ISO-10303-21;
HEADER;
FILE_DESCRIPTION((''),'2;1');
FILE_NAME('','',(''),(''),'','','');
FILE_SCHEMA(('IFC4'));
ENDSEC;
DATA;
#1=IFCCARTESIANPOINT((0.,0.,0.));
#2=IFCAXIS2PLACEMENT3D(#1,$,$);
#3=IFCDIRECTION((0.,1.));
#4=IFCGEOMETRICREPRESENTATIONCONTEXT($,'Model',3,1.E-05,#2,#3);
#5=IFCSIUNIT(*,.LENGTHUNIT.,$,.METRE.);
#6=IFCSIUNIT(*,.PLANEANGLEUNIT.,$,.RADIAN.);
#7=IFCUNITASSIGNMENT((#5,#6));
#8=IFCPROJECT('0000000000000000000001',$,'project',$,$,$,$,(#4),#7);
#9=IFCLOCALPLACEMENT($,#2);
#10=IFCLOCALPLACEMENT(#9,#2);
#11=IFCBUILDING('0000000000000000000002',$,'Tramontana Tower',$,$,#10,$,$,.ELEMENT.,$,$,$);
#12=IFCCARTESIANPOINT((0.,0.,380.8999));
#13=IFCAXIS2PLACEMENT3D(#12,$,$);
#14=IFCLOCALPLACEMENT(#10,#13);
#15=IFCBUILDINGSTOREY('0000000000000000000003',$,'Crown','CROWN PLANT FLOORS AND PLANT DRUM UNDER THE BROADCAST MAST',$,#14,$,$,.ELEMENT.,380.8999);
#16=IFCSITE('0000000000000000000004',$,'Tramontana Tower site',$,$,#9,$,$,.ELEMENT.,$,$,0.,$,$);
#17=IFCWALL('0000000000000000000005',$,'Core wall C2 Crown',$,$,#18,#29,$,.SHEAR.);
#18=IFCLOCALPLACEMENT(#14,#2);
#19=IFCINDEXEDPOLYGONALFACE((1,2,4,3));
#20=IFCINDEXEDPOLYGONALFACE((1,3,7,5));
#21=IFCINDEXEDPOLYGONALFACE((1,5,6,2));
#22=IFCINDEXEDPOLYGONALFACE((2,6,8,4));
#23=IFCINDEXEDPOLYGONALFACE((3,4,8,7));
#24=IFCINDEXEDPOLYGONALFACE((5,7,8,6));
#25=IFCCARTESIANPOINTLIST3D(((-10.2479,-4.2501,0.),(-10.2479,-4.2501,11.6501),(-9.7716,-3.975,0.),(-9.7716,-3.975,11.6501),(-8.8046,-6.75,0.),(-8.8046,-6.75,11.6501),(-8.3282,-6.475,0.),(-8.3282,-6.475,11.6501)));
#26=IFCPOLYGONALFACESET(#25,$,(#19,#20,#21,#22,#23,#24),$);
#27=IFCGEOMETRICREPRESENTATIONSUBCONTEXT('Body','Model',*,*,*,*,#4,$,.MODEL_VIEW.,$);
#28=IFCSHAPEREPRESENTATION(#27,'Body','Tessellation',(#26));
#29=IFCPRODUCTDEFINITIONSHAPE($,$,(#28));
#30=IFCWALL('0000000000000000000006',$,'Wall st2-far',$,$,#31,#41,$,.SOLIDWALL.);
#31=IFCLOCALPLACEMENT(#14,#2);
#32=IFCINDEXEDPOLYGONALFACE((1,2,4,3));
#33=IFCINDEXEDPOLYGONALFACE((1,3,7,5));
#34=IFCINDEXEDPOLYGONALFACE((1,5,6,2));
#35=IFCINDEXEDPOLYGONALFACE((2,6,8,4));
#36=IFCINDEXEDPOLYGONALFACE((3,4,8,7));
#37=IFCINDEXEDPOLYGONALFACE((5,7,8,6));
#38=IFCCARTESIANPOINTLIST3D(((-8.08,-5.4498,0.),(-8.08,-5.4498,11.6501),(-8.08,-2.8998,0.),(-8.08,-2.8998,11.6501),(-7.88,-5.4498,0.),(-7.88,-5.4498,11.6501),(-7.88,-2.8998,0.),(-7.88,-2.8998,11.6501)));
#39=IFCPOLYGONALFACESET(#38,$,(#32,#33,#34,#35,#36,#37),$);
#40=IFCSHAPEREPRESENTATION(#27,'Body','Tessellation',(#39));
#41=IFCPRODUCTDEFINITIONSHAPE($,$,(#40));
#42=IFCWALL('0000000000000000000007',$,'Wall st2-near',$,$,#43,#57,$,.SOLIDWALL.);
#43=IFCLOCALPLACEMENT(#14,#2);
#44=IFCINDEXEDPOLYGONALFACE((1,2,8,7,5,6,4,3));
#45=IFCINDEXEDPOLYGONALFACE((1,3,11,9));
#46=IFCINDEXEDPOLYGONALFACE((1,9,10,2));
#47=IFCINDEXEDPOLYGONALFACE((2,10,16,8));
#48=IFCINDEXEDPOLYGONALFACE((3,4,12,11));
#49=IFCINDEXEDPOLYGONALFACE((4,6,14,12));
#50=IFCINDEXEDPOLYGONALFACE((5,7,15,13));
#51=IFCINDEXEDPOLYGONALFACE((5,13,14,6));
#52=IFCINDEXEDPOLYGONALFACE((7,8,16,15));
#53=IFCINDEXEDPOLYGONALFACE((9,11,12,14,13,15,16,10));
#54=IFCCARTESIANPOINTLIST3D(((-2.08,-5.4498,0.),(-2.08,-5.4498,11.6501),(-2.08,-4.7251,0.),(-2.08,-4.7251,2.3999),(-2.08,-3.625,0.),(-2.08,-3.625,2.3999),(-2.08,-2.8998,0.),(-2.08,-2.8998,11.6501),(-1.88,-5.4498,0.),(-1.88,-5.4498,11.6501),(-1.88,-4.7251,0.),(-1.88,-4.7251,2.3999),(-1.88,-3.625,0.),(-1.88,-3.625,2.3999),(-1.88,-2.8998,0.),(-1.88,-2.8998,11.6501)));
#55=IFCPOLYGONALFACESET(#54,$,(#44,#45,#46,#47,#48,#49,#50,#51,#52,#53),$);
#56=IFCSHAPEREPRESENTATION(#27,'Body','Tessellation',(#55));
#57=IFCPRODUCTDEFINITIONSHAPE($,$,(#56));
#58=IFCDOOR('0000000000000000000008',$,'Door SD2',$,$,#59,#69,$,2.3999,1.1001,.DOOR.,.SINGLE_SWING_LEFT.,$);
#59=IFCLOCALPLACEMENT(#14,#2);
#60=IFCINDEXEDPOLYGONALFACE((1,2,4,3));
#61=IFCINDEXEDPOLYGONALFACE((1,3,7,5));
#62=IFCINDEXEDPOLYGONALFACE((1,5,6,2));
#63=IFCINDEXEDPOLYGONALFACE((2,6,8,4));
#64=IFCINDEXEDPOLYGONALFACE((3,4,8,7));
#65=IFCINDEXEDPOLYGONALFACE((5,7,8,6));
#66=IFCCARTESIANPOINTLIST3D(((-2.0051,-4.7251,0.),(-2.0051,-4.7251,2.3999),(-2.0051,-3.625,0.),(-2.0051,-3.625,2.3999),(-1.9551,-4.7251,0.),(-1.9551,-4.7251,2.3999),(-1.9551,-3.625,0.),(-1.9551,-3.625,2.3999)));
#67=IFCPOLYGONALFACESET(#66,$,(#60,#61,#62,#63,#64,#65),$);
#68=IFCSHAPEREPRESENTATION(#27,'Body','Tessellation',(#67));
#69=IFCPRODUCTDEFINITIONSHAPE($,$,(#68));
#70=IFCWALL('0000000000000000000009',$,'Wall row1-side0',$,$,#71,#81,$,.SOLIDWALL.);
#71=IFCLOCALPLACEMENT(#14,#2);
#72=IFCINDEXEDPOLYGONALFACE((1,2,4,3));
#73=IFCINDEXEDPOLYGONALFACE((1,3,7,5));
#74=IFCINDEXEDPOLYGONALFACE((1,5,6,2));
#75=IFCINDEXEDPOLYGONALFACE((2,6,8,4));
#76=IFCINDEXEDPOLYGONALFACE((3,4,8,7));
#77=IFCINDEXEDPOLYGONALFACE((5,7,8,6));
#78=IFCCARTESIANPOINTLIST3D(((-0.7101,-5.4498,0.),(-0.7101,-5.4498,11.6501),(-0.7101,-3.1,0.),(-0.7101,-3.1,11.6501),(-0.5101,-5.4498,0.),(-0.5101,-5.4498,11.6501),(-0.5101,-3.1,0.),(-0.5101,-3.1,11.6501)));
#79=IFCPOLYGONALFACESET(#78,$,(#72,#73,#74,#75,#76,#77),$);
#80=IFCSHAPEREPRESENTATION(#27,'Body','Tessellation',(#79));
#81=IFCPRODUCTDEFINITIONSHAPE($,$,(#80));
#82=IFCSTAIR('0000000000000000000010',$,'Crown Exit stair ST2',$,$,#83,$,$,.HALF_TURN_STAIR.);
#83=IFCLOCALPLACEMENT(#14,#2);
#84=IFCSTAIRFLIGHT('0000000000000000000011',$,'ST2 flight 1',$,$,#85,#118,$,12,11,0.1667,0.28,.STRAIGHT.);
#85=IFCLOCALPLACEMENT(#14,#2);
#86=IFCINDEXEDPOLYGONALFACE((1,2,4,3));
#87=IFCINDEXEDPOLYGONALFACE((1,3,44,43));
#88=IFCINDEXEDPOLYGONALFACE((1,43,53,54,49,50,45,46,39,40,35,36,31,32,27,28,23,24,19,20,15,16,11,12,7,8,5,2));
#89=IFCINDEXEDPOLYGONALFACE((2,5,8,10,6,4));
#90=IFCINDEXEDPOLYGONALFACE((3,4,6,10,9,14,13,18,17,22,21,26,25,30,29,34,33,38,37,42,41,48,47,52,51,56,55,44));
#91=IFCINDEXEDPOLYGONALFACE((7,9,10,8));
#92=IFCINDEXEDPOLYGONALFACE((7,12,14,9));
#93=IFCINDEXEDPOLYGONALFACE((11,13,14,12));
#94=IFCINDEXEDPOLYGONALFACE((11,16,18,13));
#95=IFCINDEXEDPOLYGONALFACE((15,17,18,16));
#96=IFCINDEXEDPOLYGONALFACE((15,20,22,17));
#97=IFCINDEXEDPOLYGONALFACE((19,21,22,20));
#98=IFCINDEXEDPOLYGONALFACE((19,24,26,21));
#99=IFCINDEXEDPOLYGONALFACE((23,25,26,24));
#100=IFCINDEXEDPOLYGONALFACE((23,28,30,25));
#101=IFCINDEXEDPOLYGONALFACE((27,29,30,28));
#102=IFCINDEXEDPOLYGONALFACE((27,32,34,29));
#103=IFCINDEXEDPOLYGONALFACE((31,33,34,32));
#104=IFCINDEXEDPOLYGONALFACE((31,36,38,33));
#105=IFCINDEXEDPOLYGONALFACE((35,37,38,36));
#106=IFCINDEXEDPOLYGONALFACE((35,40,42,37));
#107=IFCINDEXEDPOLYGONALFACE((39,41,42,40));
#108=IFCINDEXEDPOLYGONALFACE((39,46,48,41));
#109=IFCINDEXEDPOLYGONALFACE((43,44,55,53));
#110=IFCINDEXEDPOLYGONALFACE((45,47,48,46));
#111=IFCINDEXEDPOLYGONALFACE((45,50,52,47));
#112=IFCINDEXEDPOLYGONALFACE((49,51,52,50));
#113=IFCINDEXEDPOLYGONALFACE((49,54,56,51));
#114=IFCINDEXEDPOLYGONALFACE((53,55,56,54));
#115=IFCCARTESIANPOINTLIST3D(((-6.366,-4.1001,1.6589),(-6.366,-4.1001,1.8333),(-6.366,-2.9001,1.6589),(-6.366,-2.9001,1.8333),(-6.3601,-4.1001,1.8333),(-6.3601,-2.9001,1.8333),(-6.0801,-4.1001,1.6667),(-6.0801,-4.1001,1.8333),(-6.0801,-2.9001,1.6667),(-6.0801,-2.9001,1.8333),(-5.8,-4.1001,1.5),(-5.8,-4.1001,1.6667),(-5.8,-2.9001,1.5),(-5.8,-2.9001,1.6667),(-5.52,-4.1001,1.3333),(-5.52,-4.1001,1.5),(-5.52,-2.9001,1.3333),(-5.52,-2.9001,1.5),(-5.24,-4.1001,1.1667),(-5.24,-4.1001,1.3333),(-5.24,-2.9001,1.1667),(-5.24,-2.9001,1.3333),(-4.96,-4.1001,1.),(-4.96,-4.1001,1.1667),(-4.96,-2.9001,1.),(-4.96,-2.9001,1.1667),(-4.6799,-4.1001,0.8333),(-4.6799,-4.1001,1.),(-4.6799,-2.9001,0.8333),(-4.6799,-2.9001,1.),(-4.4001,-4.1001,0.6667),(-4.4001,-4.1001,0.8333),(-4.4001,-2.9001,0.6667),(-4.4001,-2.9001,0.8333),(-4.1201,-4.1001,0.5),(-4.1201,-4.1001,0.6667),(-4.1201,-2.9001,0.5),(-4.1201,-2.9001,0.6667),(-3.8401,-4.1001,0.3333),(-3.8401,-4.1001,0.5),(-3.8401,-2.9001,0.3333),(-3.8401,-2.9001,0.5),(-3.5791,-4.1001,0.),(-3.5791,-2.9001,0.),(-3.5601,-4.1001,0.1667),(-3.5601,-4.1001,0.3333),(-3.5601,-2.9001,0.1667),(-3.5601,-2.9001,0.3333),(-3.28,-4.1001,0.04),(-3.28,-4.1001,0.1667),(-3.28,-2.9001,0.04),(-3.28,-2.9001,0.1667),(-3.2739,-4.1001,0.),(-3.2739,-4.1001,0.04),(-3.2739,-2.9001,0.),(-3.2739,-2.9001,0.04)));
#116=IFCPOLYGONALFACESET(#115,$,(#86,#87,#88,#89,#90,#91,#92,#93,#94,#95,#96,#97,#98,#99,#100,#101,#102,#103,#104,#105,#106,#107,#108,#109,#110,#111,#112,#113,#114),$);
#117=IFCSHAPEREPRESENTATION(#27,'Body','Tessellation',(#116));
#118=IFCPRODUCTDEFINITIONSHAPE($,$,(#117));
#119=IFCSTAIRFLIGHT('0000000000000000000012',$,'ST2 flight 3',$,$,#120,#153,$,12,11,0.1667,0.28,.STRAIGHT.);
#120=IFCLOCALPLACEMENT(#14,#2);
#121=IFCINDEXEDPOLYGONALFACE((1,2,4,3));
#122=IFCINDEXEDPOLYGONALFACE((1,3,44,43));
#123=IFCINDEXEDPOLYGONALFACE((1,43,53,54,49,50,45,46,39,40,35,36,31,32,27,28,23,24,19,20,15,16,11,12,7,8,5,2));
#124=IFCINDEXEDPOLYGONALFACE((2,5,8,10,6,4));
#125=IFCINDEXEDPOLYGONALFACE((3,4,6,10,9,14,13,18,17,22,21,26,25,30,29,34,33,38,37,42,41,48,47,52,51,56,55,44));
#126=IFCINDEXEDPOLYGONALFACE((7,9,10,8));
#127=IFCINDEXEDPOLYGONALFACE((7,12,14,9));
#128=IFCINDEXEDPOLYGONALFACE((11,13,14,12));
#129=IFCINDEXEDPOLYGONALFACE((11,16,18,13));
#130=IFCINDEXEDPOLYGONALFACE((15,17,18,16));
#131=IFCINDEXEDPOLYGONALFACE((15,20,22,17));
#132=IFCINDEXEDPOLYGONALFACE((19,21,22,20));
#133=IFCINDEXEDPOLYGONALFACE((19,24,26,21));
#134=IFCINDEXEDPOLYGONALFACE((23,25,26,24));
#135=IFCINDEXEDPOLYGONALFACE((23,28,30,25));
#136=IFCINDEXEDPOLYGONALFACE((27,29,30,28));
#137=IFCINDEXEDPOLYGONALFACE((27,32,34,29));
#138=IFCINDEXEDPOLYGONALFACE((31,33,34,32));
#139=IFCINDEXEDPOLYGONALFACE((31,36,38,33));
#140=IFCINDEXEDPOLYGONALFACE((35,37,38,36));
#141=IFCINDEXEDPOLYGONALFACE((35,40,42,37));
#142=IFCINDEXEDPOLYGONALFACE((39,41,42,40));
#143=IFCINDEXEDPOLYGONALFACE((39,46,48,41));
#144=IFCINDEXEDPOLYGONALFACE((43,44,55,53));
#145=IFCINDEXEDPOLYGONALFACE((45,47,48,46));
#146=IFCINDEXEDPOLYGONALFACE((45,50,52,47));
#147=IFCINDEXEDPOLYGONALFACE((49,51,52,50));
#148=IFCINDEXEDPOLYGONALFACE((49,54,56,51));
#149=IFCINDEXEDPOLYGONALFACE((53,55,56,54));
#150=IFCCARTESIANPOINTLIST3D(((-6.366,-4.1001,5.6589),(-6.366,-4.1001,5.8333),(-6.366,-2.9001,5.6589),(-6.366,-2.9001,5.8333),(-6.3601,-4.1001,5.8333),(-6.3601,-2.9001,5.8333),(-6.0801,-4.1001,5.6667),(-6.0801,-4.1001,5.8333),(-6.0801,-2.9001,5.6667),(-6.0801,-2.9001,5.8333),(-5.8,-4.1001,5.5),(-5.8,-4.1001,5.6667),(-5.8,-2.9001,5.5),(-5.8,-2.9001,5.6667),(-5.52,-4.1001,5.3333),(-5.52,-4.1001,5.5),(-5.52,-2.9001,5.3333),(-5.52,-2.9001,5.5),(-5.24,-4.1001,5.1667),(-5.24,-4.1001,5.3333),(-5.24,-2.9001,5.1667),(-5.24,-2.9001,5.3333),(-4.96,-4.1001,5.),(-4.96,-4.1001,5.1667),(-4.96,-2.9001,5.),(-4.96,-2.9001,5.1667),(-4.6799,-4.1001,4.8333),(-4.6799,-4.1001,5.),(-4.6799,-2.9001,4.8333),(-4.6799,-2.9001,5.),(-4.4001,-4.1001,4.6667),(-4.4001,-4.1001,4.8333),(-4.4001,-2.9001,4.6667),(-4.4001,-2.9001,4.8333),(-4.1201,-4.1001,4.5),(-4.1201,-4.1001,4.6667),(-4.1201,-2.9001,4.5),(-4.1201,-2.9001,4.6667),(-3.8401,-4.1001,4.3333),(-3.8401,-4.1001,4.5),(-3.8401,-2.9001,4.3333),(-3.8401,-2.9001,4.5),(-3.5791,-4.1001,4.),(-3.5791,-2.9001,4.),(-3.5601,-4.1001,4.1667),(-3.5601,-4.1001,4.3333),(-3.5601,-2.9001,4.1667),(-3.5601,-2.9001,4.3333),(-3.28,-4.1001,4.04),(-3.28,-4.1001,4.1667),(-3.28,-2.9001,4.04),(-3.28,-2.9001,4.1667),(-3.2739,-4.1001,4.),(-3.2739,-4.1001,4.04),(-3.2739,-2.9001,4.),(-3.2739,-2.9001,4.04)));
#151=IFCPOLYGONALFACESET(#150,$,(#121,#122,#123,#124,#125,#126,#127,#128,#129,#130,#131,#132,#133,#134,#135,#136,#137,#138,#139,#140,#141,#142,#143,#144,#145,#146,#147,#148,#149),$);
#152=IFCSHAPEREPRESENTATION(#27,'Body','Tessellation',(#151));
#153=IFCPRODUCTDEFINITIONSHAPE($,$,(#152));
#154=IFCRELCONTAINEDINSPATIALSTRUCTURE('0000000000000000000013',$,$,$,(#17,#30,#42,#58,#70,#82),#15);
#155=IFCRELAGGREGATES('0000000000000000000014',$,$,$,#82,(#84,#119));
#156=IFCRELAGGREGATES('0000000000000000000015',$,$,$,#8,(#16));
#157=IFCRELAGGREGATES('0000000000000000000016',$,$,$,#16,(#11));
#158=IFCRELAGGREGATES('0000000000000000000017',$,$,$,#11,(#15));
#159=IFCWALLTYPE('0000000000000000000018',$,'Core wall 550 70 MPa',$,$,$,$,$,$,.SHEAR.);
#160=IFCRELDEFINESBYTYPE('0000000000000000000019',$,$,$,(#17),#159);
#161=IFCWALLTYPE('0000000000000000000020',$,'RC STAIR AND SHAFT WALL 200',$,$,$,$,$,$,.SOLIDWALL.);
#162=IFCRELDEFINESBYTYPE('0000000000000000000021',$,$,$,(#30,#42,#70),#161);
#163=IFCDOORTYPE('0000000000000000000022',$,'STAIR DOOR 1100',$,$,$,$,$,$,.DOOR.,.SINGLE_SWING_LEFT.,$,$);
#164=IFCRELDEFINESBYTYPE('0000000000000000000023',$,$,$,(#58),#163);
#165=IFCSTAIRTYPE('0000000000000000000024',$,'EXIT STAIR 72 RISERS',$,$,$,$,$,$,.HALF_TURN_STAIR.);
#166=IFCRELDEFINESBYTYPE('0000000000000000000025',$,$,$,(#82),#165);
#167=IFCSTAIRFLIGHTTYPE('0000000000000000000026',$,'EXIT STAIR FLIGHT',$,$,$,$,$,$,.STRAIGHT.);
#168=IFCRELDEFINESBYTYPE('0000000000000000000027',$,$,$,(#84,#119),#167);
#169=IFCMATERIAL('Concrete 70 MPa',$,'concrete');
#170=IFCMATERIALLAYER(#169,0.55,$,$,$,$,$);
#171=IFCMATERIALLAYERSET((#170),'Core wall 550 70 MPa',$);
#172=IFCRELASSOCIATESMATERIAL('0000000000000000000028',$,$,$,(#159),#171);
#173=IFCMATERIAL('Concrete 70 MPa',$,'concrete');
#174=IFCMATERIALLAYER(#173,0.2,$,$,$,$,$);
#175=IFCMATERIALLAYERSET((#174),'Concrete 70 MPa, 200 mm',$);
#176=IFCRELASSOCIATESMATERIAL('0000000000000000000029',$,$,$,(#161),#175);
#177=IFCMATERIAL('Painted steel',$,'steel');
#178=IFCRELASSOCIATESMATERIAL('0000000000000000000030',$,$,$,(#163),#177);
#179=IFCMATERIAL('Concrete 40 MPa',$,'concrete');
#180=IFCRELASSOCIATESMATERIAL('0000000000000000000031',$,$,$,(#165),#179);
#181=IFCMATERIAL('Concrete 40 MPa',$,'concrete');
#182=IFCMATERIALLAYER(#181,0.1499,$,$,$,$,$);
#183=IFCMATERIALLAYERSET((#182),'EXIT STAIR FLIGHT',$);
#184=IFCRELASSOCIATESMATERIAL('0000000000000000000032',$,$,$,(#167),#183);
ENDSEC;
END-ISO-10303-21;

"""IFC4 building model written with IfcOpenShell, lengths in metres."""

from ifc_helpers import new_model, si_unit, direction, frame, frame_2d, origin, place, context, subcontext, project, spatial, polyline, rectangle, outline, extrude, material, layer, layer_set, type_object, element, fill, aggregate, save


model = new_model("IFC4")

# Units and contexts
model_context = context("Model", 3, precision=1e-05, world=origin(), true_north=direction((0.0, 1.0)))
body_context = subcontext(model_context, "Body", "Model", "MODEL_VIEW")
ifc_project = project(units=[si_unit("LENGTHUNIT", "METRE"), si_unit("PLANEANGLEUNIT", "RADIAN")], contexts=[model_context])

# Site, building, storey
site_placement = place(None, origin())
site = spatial("IfcSite", under=ifc_project, at=site_placement, Name="Tramontana Tower site", CompositionType="ELEMENT", RefElevation=0.0)
building_placement = place(site_placement, origin())
building = spatial("IfcBuilding", under=site, at=building_placement, Name="Tramontana Tower", CompositionType="ELEMENT")
storey_placement = place(building_placement, frame((0.0, 0.0, 380.8999)))
storey = spatial("IfcBuildingStorey", under=building, at=storey_placement, Name="Crown", Description="CROWN PLANT FLOORS AND PLANT DRUM UNDER THE BROADCAST MAST", CompositionType="ELEMENT", Elevation=380.8999)

# Walls
ifc_material_1 = material(Name="Concrete 70 MPa", Category="concrete")
ifc_layer_1 = layer(ifc_material_1, 0.55)
ifc_layer_set_1 = layer_set([ifc_layer_1], Name="Core wall 550 70 MPa")
wall_type_1 = type_object("IfcWallType", Name="Core wall 550 70 MPa", PredefinedType="SHEAR", material=ifc_layer_set_1)
wall_1_placement = place(storey_placement, frame((-10.0098, -4.1125, 0.0), z_axis=(0.0, 0.0, 1.0), x_axis=(0.499996, -0.866028, 0.0)))
element("IfcWall", 1, at=wall_1_placement, inside=storey, type_object=wall_type_1, Name="Core wall C2 Crown", PredefinedType="SHEAR", context=body_context, shape_type="SweptSolid", body=[
    extrude(rectangle(XDim=2.8867, YDim=0.55, at=frame_2d((1.4434, 0.0))), origin(), (0.0, 0.0, 1.0), 11.6501),
])
ifc_material_2 = material(Name="Concrete 70 MPa", Category="concrete")
ifc_layer_2 = layer(ifc_material_2, 0.2)
ifc_layer_set_2 = layer_set([ifc_layer_2], Name="Concrete 70 MPa, 200 mm")
wall_type_2 = type_object("IfcWallType", Name="RC STAIR AND SHAFT WALL 200", PredefinedType="SOLIDWALL", material=ifc_layer_set_2)
wall_2_placement = place(storey_placement, frame((-7.98, -2.8999, 0.0), z_axis=(0.0, 0.0, 1.0), x_axis=(0.0, -1.0, 0.0)))
element("IfcWall", 2, at=wall_2_placement, inside=storey, type_object=wall_type_2, Name="Wall st2-far", PredefinedType="SOLIDWALL", context=body_context, shape_type="SweptSolid", body=[
    extrude(rectangle(XDim=2.55, YDim=0.2, at=frame_2d((1.2749, 0.0))), origin(), (0.0, 0.0, 1.0), 11.6501),
])

# Wall, opening, door
wall_3_placement = place(storey_placement, frame((-1.98, -2.8999, 0.0), z_axis=(0.0, 0.0, 1.0), x_axis=(0.0, -1.0, 0.0)))
wall_3 = element("IfcWall", 3, at=wall_3_placement, inside=storey, type_object=wall_type_2, Name="Wall st2-near", PredefinedType="SOLIDWALL", context=body_context, shape_type="SweptSolid", body=[
    extrude(rectangle(XDim=2.55, YDim=0.2, at=frame_2d((1.2749, 0.0))), origin(), (0.0, 0.0, 1.0), 11.6501),
])
opening_placement = place(wall_3_placement, frame((0.7251, 0.0, 0.0)))
opening = element("IfcOpeningElement", 4, at=opening_placement, cuts=wall_3, PredefinedType="OPENING", context=body_context, shape_type="SweptSolid", body=[
    extrude(rectangle(XDim=1.1001, YDim=2.3999, at=frame_2d((0.55, 1.2))), frame((0.0, 0.1099, 0.0), z_axis=(0.0, -1.0, 0.0), x_axis=(1.0, 0.0, 0.0)), (0.0, 0.0, 1.0), 0.22),
])
ifc_material_3 = material(Name="Painted steel", Category="steel")
door_type = type_object("IfcDoorType", Name="STAIR DOOR 1100", OperationType="SINGLE_SWING_LEFT", PredefinedType="DOOR", material=ifc_material_3)
door_placement = place(opening_placement, origin())
door = element("IfcDoor", 5, at=door_placement, inside=storey, type_object=door_type, Name="Door SD2", OperationType="SINGLE_SWING_LEFT", OverallHeight=2.3999, OverallWidth=1.1001, PredefinedType="DOOR", context=body_context, shape_type="SweptSolid", body=[
    extrude(rectangle(XDim=1.1001, YDim=2.3999, at=frame_2d((0.55, 1.2))), frame((0.0, 0.0249, 0.0), z_axis=(0.0, -1.0, 0.0), x_axis=(1.0, 0.0, 0.0)), (0.0, 0.0, 1.0), 0.05),
])
fill(opening, door)

# Wall
wall_4_placement = place(storey_placement, frame((-0.6101, -3.1001, 0.0), z_axis=(0.0, 0.0, 1.0), x_axis=(0.0, -1.0, 0.0)))
element("IfcWall", 6, at=wall_4_placement, inside=storey, type_object=wall_type_2, Name="Wall row1-side0", PredefinedType="SOLIDWALL", context=body_context, shape_type="SweptSolid", body=[
    extrude(rectangle(XDim=2.3499, YDim=0.2, at=frame_2d((1.1748, 0.0))), origin(), (0.0, 0.0, 1.0), 11.6501),
])

# Stair, stair flights
ifc_material_4 = material(Name="Concrete 40 MPa", Category="concrete")
stair_type = type_object("IfcStairType", Name="EXIT STAIR 72 RISERS", PredefinedType="HALF_TURN_STAIR", material=ifc_material_4)
stair_placement = place(storey_placement, origin())
stair = element("IfcStair", 7, at=stair_placement, inside=storey, type_object=stair_type, Name="Crown Exit stair ST2", PredefinedType="HALF_TURN_STAIR")
ifc_material_5 = material(Name="Concrete 40 MPa", Category="concrete")
ifc_layer_3 = layer(ifc_material_5, 0.1499)
ifc_layer_set_3 = layer_set([ifc_layer_3], Name="EXIT STAIR FLIGHT")
stair_flight_type = type_object("IfcStairFlightType", Name="EXIT STAIR FLIGHT", PredefinedType="STRAIGHT", material=ifc_layer_set_3)
stair_flight_1_placement = place(storey_placement, frame((-3.28, -3.5, 0.0), z_axis=(0.0, 0.0, 1.0), x_axis=(-1.0, 0.0, 0.0)))
stair_flight_1 = element("IfcStairFlight", 8, at=stair_flight_1_placement, type_object=stair_flight_type, Name="ST2 flight 1", NumberOfRisers=12, NumberOfTreads=11, PredefinedType="STRAIGHT", RiserHeight=0.1667, TreadLength=0.28, context=body_context, shape_type="SweptSolid", body=[
    extrude(outline(polyline([(-0.0061, 0.0), (-0.0061, 0.04), (0.0, 0.04), (0.0, 0.1667), (0.28, 0.1667), (0.28, 0.3333), (0.5601, 0.3333), (0.5601, 0.5), (0.8401, 0.5), (0.8401, 0.6667), (1.1201, 0.6667), (1.1201, 0.8333), (1.3999, 0.8333), (1.3999, 1.0), (1.6799, 1.0), (1.6799, 1.1667), (1.96, 1.1667), (1.96, 1.3333), (2.24, 1.3333), (2.24, 1.5), (2.52, 1.5), (2.52, 1.6667), (2.8, 1.6667), (2.8, 1.8333), (3.0801, 1.8333), (3.0859, 1.8333), (3.0859, 1.6589), (0.2991, 0.0), (-0.0061, 0.0)])), frame((0.0, 0.6001, 0.0), z_axis=(0.0, -1.0, 0.0), x_axis=(1.0, 0.0, 0.0)), (0.0, 0.0, 1.0), 1.2),
])
stair_flight_2_placement = place(storey_placement, frame((-3.28, -3.5, 4.0), z_axis=(0.0, 0.0, 1.0), x_axis=(-1.0, 0.0, 0.0)))
stair_flight_2 = element("IfcStairFlight", 9, at=stair_flight_2_placement, type_object=stair_flight_type, Name="ST2 flight 3", NumberOfRisers=12, NumberOfTreads=11, PredefinedType="STRAIGHT", RiserHeight=0.1667, TreadLength=0.28, context=body_context, shape_type="SweptSolid", body=[
    extrude(outline(polyline([(-0.0061, 0.0), (-0.0061, 0.04), (0.0, 0.04), (0.0, 0.1667), (0.28, 0.1667), (0.28, 0.3333), (0.5601, 0.3333), (0.5601, 0.5), (0.8401, 0.5), (0.8401, 0.6667), (1.1201, 0.6667), (1.1201, 0.8333), (1.3999, 0.8333), (1.3999, 1.0), (1.6799, 1.0), (1.6799, 1.1667), (1.96, 1.1667), (1.96, 1.3333), (2.24, 1.3333), (2.24, 1.5), (2.52, 1.5), (2.52, 1.6667), (2.8, 1.6667), (2.8, 1.8333), (3.0801, 1.8333), (3.0859, 1.8333), (3.0859, 1.6589), (0.2991, 0.0), (-0.0061, 0.0)])), frame((0.0, 0.6001, 0.0), z_axis=(0.0, -1.0, 0.0), x_axis=(1.0, 0.0, 0.0)), (0.0, 0.0, 1.0), 1.2),
])
aggregate(stair, [stair_flight_1, stair_flight_2])

save(model, "model.ifc")
